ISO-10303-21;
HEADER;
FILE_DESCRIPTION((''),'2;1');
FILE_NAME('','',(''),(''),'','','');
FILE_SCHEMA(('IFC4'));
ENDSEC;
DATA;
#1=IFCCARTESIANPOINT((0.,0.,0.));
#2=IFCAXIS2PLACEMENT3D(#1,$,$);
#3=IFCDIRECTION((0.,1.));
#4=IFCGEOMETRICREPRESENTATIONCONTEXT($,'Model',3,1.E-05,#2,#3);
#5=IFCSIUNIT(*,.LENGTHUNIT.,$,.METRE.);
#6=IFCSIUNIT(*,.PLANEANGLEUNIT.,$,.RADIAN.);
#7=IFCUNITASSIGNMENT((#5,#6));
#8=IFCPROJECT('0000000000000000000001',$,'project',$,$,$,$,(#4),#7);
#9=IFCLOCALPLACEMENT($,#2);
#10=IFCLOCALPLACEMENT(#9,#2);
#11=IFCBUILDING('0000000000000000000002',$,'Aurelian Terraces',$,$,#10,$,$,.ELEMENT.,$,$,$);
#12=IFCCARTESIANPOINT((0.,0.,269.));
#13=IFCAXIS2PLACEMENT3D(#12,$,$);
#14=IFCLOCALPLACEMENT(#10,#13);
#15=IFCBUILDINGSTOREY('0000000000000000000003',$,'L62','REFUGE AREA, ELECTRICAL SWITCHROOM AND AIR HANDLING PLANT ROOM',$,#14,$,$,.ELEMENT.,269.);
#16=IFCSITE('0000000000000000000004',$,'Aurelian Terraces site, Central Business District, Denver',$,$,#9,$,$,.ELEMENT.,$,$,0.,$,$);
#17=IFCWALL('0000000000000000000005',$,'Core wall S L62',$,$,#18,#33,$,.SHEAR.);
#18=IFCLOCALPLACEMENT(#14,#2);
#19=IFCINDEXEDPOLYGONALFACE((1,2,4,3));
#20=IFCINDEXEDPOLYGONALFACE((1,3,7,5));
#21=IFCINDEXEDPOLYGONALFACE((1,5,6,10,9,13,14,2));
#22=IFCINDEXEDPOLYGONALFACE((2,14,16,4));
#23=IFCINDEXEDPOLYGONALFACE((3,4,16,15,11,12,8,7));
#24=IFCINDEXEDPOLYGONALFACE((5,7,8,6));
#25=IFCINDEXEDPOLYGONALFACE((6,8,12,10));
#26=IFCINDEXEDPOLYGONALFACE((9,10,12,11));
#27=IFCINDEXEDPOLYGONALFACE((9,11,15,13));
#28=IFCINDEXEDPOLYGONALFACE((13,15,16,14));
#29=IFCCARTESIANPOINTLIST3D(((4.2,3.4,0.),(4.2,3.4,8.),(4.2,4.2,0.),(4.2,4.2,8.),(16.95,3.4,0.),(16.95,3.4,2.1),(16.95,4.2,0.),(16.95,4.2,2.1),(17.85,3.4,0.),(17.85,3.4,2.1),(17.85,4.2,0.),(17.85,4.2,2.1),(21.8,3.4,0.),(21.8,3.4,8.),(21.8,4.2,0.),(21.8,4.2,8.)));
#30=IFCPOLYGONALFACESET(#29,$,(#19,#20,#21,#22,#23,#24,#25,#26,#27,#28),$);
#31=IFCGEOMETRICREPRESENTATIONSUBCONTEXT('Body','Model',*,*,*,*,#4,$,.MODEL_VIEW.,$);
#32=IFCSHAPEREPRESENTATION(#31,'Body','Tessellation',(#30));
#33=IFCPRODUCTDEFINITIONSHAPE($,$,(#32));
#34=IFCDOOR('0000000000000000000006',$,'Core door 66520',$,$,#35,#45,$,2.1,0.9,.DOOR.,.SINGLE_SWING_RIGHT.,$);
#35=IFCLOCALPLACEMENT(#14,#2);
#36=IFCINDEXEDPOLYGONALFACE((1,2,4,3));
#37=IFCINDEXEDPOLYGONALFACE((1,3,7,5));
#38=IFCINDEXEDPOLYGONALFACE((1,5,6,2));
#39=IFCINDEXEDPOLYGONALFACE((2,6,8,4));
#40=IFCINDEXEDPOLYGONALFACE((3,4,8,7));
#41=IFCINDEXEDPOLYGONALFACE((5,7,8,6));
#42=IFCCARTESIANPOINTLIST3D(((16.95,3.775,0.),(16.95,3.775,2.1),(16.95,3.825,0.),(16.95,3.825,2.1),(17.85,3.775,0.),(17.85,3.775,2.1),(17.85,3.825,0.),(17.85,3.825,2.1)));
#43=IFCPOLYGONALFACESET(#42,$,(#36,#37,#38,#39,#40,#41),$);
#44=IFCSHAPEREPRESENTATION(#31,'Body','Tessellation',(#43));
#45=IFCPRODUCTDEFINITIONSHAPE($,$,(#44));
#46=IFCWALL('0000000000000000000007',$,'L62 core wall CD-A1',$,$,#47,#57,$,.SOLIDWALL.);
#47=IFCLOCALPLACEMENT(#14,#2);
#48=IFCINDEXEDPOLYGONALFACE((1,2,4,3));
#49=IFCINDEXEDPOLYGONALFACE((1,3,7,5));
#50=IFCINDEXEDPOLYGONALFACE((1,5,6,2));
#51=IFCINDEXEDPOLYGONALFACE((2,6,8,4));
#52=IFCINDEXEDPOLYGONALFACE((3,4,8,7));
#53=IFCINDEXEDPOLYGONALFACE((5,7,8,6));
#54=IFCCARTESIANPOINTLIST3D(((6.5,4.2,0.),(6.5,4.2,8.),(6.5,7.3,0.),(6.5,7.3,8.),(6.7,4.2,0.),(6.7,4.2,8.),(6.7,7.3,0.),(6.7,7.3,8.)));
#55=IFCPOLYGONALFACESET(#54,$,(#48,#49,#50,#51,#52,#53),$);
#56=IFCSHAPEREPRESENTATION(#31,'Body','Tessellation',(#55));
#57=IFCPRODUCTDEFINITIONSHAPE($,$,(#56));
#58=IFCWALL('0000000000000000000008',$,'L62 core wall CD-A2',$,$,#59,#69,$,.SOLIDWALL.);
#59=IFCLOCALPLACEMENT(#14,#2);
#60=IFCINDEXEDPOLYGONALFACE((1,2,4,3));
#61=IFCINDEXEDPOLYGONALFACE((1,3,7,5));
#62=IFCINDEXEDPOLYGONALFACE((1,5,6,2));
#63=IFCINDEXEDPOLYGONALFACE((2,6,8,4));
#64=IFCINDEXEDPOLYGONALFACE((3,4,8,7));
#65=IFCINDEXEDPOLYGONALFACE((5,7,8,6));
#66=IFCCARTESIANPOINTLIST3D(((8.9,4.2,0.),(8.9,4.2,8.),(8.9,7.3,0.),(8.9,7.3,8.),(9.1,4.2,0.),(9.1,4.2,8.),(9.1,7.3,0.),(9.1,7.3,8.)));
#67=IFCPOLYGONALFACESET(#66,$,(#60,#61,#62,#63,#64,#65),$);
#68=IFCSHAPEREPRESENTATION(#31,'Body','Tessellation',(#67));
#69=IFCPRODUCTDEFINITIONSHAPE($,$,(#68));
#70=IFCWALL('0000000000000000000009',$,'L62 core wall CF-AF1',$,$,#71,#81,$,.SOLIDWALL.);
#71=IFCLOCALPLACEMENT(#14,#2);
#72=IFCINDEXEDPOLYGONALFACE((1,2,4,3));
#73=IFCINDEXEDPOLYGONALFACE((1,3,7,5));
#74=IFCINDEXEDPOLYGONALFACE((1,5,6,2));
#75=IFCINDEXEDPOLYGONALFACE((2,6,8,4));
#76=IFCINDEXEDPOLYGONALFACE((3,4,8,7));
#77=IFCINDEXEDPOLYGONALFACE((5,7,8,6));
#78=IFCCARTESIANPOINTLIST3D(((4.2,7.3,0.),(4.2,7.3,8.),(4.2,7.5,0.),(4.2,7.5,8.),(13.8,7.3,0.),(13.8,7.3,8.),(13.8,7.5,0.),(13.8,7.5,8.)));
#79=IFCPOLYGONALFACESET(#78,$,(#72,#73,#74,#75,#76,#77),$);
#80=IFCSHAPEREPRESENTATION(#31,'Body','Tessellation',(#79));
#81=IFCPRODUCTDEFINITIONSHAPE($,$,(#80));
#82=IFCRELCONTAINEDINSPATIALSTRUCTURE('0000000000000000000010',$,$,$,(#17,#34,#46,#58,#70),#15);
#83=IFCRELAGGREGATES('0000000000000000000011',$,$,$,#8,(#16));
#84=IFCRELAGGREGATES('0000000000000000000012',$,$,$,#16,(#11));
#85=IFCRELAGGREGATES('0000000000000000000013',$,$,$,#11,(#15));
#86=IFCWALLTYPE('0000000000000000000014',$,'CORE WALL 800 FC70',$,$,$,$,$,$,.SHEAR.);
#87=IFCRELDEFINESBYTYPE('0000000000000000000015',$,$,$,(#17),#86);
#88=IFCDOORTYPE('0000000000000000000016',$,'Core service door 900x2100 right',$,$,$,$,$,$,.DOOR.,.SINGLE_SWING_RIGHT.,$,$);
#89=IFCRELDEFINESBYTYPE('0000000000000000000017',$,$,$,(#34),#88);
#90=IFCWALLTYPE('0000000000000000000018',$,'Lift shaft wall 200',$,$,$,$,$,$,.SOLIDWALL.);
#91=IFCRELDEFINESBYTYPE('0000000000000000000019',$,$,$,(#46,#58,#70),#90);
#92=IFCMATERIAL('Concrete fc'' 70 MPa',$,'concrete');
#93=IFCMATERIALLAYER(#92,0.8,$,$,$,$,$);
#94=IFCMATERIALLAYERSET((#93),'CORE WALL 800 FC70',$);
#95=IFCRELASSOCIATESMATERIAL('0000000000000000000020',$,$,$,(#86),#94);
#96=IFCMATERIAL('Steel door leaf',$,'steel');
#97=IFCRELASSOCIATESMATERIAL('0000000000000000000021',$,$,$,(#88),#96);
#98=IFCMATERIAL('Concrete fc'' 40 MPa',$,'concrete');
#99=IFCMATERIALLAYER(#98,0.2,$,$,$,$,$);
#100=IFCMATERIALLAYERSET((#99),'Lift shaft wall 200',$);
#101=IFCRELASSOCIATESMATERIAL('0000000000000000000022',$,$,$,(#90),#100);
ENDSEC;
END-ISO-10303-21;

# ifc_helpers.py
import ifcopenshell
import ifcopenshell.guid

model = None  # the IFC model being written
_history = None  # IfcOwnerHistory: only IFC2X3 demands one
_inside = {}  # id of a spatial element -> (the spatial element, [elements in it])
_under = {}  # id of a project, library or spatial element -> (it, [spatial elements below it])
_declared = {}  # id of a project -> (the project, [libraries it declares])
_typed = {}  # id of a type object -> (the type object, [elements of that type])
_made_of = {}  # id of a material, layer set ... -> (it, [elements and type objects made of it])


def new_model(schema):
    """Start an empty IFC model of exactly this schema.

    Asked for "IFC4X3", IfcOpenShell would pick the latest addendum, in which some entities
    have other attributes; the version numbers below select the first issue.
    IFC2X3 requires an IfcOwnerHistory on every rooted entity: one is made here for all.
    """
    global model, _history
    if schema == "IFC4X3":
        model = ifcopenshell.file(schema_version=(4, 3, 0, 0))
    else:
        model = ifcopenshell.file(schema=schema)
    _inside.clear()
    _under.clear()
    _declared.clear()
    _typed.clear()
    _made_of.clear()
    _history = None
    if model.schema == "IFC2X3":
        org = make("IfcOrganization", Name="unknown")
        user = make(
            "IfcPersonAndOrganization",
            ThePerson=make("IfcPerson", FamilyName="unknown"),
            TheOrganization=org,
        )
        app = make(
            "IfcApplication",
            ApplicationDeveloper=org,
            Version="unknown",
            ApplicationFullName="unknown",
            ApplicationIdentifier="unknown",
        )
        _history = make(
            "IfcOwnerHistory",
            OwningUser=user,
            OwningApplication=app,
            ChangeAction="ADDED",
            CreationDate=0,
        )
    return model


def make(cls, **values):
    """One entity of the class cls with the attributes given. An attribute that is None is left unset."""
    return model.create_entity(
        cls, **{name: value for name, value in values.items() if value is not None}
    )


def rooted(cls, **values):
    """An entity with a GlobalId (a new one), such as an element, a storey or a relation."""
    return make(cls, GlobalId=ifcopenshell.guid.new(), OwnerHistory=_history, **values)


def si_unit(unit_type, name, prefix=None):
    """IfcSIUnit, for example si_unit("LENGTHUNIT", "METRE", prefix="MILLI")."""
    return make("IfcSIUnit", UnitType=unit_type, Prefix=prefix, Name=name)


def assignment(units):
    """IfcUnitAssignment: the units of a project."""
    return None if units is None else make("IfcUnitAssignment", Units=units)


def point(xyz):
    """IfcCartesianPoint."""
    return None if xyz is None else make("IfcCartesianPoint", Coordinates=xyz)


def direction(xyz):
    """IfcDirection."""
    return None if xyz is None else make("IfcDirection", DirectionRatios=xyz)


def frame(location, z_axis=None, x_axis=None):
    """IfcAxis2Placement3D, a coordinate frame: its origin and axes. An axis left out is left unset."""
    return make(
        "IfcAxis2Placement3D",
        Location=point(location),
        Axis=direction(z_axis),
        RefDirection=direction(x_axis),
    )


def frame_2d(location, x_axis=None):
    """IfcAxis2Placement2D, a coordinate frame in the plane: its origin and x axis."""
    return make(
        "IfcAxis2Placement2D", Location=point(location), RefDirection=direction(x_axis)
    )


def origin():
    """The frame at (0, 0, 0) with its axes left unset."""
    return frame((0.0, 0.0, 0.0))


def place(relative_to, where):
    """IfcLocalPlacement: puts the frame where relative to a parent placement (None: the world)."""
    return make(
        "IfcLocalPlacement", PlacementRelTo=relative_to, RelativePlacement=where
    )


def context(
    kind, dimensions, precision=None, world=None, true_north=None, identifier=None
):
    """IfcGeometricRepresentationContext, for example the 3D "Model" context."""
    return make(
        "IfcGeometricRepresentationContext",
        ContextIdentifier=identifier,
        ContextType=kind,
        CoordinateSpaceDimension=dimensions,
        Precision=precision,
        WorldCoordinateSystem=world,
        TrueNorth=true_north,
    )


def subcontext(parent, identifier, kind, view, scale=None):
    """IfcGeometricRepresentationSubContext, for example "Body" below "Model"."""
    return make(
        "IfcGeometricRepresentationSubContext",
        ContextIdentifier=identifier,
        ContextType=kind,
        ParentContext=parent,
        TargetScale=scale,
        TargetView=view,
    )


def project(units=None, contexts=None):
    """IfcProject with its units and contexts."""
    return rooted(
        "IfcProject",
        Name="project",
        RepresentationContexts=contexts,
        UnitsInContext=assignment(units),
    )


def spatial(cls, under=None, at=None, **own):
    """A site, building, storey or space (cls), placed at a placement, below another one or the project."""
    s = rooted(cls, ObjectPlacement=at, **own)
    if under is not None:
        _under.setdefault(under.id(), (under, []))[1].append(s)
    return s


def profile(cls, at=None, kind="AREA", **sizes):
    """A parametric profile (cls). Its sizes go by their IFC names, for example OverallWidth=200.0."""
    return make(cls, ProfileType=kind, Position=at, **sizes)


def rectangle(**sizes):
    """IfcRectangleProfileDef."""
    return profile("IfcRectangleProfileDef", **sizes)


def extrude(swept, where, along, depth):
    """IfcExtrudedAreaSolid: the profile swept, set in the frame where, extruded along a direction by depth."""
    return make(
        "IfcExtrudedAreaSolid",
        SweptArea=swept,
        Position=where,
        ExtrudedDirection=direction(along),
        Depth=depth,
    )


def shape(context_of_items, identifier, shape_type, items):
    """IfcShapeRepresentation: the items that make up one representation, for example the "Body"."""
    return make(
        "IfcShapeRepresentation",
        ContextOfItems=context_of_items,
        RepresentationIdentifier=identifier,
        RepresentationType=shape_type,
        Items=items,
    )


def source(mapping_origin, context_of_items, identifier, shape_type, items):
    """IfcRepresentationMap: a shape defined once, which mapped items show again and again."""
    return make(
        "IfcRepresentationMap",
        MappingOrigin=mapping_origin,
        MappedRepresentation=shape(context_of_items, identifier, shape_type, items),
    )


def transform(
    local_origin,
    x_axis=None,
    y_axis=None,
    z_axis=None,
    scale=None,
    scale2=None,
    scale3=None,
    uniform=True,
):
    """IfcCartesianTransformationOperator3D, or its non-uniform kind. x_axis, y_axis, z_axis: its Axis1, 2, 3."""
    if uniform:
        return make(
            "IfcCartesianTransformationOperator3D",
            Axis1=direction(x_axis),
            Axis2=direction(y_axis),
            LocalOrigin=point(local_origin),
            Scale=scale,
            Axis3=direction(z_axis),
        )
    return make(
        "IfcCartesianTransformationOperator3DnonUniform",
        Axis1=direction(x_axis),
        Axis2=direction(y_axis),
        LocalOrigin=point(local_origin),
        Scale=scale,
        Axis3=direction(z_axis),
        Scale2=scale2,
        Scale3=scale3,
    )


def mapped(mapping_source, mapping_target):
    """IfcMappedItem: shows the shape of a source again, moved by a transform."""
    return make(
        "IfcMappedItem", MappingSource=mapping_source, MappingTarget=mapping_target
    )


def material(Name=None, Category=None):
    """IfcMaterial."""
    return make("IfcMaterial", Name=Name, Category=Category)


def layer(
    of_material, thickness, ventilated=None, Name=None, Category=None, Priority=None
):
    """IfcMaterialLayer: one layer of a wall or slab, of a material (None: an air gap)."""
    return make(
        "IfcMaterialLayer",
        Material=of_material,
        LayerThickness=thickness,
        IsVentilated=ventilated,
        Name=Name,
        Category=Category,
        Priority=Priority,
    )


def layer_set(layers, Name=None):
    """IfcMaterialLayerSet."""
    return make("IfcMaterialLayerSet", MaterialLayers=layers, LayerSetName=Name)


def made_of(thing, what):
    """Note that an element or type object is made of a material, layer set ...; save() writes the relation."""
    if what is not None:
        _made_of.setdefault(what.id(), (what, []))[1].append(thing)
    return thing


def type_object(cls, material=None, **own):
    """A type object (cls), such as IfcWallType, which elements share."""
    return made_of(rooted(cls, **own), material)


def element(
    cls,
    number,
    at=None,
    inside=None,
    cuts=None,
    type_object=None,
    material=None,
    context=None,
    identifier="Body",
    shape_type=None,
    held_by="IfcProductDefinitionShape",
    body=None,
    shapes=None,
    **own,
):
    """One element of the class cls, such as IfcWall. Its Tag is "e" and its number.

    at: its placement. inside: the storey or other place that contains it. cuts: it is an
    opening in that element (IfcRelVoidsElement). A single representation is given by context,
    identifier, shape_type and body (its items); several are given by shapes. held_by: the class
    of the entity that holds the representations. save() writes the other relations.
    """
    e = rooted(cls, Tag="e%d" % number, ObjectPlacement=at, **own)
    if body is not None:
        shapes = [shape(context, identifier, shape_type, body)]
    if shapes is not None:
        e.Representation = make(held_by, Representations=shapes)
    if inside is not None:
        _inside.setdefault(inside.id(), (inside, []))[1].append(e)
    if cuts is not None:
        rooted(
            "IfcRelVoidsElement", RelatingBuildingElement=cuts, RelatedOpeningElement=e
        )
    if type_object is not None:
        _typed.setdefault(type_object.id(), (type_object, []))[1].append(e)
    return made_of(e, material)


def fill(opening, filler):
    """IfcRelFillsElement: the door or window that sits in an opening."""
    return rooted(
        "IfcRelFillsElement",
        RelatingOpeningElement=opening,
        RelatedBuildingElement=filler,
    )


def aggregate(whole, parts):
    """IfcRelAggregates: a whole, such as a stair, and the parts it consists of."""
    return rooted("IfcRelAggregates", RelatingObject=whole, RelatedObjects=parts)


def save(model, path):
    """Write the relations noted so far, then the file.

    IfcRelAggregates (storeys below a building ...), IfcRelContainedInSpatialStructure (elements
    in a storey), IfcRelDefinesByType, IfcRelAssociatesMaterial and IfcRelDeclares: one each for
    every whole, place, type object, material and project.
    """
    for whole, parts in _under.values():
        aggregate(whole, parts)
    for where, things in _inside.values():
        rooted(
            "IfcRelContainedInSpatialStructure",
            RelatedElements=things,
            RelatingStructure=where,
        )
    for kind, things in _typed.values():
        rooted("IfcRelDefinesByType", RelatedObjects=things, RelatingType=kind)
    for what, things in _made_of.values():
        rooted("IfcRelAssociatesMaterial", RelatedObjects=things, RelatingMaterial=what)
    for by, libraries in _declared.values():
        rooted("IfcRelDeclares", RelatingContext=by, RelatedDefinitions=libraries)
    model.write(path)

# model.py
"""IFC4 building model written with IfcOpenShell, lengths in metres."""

from ifc_helpers import new_model, si_unit, direction, frame, frame_2d, origin, place, context, subcontext, project, spatial, rectangle, extrude, source, transform, mapped, material, layer, layer_set, type_object, element, fill, save


model = new_model("IFC4")

# Units and contexts
model_context = context("Model", 3, precision=1e-05, world=origin(), true_north=direction((0.0, 1.0)))
body_context = subcontext(model_context, "Body", "Model", "MODEL_VIEW")
ifc_project = project(units=[si_unit("LENGTHUNIT", "METRE"), si_unit("PLANEANGLEUNIT", "RADIAN")], contexts=[model_context])

# Site, building, storey
site_placement = place(None, origin())
site = spatial("IfcSite", under=ifc_project, at=site_placement, Name="Aurelian Terraces site, Central Business District, Denver", CompositionType="ELEMENT", RefElevation=0.0)
building_placement = place(site_placement, origin())
building = spatial("IfcBuilding", under=site, at=building_placement, Name="Aurelian Terraces", CompositionType="ELEMENT")
storey_placement = place(building_placement, frame((0.0, 0.0, 269.0)))
storey = spatial("IfcBuildingStorey", under=building, at=storey_placement, Name="L62", Description="REFUGE AREA, ELECTRICAL SWITCHROOM AND AIR HANDLING PLANT ROOM", CompositionType="ELEMENT", Elevation=269.0)

# Shared definitions
ifc_material_1 = material(Name="Concrete fc' 70 MPa", Category="concrete")

# Shared definitions
ifc_material_2 = material(Name="Concrete fc' 40 MPa", Category="concrete")

# Wall, opening, door
ifc_layer_1 = layer(ifc_material_1, 0.8)
ifc_layer_set_1 = layer_set([ifc_layer_1], Name="CORE WALL 800 FC70")
wall_type_1 = type_object("IfcWallType", Name="CORE WALL 800 FC70", PredefinedType="SHEAR", material=ifc_layer_set_1)
ifc_material_3 = material(Name="Steel door leaf", Category="steel")
shared_shape_1 = source(origin(), body_context, "Body", "SweptSolid", [
    extrude(rectangle(XDim=17.6, YDim=0.8, at=frame_2d((8.8, 0.0))), origin(), (0.0, 0.0, 1.0), 8.0),
])
wall_1_placement = place(storey_placement, frame((4.2, 3.8, 0.0), z_axis=(0.0, 0.0, 1.0), x_axis=(1.0, 0.0, 0.0)))
wall_1 = element("IfcWall", 1, at=wall_1_placement, inside=storey, type_object=wall_type_1, Name="Core wall S L62", PredefinedType="SHEAR", context=body_context, shape_type="MappedRepresentation", body=[
    mapped(shared_shape_1, transform((0.0, 0.0, 0.0), scale=1.0)),
])
shared_shape_2 = source(origin(), body_context, "Body", "SweptSolid", [
    extrude(rectangle(XDim=0.9, YDim=2.1, at=frame_2d((0.45, 1.05))), frame((0.0, 0.41, 0.0), z_axis=(0.0, -1.0, 0.0), x_axis=(1.0, 0.0, 0.0)), (0.0, 0.0, 1.0), 0.82),
])
opening_1_placement = place(wall_1_placement, frame((12.75, 0.0, 0.0)))
opening_1 = element("IfcOpeningElement", 2, at=opening_1_placement, cuts=wall_1, PredefinedType="OPENING", context=body_context, shape_type="MappedRepresentation", body=[
    mapped(shared_shape_2, transform((0.0, 0.0, 0.0), scale=1.0)),
])
door_type_1 = type_object("IfcDoorType", Name="Core service door 900x2100 right", OperationType="SINGLE_SWING_RIGHT", PredefinedType="DOOR", material=ifc_material_3)
shared_shape_3 = source(origin(), body_context, "Body", "SweptSolid", [
    extrude(rectangle(XDim=0.9, YDim=2.1, at=frame_2d((0.45, 1.05))), frame((0.0, 0.025, 0.0), z_axis=(0.0, -1.0, 0.0), x_axis=(1.0, 0.0, 0.0)), (0.0, 0.0, 1.0), 0.05),
])
door_1_placement = place(opening_1_placement, origin())
door_1 = element("IfcDoor", 3, at=door_1_placement, inside=storey, type_object=door_type_1, Name="Core door 66520", OperationType="SINGLE_SWING_RIGHT", OverallHeight=2.1, OverallWidth=0.9, PredefinedType="DOOR", context=body_context, shape_type="MappedRepresentation", body=[
    mapped(shared_shape_3, transform((0.0, 0.0, 0.0), scale=1.0)),
])
fill(opening_1, door_1)

# Walls
ifc_layer_2 = layer(ifc_material_2, 0.2)
ifc_layer_set_2 = layer_set([ifc_layer_2], Name="Lift shaft wall 200")
wall_type_2 = type_object("IfcWallType", Name="Lift shaft wall 200", PredefinedType="SOLIDWALL", material=ifc_layer_set_2)
shared_shape_4 = source(origin(), body_context, "Body", "SweptSolid", [
    extrude(rectangle(XDim=3.1, YDim=0.2, at=frame_2d((1.55, 0.0))), origin(), (0.0, 0.0, 1.0), 8.0),
])
for number, where, z_axis, x_axis, name in (
    (4, (6.6, 4.2, 0.0), (0.0, 0.0, 1.0), (0.0, 1.0, 0.0), "L62 core wall CD-A1"),
    (5, (9.0, 4.2, 0.0), (0.0, 0.0, 1.0), (0.0, 1.0, 0.0), "L62 core wall CD-A2"),
):
    element("IfcWall", number, at=place(storey_placement, frame(where, z_axis=z_axis, x_axis=x_axis)), inside=storey, type_object=wall_type_2, Name=name, PredefinedType="SOLIDWALL", context=body_context, shape_type="MappedRepresentation", body=[
        mapped(shared_shape_4, transform((0.0, 0.0, 0.0), scale=1.0)),
    ])
shared_shape_5 = source(origin(), body_context, "Body", "SweptSolid", [
    extrude(rectangle(XDim=9.6, YDim=0.2, at=frame_2d((4.8, 0.0))), origin(), (0.0, 0.0, 1.0), 8.0),
])
wall_2_placement = place(storey_placement, frame((4.2, 7.4, 0.0), z_axis=(0.0, 0.0, 1.0), x_axis=(1.0, 0.0, 0.0)))
element("IfcWall", 6, at=wall_2_placement, inside=storey, type_object=wall_type_2, Name="L62 core wall CF-AF1", PredefinedType="SOLIDWALL", context=body_context, shape_type="MappedRepresentation", body=[
    mapped(shared_shape_5, transform((0.0, 0.0, 0.0), scale=1.0)),
])

save(model, "model.ifc")
